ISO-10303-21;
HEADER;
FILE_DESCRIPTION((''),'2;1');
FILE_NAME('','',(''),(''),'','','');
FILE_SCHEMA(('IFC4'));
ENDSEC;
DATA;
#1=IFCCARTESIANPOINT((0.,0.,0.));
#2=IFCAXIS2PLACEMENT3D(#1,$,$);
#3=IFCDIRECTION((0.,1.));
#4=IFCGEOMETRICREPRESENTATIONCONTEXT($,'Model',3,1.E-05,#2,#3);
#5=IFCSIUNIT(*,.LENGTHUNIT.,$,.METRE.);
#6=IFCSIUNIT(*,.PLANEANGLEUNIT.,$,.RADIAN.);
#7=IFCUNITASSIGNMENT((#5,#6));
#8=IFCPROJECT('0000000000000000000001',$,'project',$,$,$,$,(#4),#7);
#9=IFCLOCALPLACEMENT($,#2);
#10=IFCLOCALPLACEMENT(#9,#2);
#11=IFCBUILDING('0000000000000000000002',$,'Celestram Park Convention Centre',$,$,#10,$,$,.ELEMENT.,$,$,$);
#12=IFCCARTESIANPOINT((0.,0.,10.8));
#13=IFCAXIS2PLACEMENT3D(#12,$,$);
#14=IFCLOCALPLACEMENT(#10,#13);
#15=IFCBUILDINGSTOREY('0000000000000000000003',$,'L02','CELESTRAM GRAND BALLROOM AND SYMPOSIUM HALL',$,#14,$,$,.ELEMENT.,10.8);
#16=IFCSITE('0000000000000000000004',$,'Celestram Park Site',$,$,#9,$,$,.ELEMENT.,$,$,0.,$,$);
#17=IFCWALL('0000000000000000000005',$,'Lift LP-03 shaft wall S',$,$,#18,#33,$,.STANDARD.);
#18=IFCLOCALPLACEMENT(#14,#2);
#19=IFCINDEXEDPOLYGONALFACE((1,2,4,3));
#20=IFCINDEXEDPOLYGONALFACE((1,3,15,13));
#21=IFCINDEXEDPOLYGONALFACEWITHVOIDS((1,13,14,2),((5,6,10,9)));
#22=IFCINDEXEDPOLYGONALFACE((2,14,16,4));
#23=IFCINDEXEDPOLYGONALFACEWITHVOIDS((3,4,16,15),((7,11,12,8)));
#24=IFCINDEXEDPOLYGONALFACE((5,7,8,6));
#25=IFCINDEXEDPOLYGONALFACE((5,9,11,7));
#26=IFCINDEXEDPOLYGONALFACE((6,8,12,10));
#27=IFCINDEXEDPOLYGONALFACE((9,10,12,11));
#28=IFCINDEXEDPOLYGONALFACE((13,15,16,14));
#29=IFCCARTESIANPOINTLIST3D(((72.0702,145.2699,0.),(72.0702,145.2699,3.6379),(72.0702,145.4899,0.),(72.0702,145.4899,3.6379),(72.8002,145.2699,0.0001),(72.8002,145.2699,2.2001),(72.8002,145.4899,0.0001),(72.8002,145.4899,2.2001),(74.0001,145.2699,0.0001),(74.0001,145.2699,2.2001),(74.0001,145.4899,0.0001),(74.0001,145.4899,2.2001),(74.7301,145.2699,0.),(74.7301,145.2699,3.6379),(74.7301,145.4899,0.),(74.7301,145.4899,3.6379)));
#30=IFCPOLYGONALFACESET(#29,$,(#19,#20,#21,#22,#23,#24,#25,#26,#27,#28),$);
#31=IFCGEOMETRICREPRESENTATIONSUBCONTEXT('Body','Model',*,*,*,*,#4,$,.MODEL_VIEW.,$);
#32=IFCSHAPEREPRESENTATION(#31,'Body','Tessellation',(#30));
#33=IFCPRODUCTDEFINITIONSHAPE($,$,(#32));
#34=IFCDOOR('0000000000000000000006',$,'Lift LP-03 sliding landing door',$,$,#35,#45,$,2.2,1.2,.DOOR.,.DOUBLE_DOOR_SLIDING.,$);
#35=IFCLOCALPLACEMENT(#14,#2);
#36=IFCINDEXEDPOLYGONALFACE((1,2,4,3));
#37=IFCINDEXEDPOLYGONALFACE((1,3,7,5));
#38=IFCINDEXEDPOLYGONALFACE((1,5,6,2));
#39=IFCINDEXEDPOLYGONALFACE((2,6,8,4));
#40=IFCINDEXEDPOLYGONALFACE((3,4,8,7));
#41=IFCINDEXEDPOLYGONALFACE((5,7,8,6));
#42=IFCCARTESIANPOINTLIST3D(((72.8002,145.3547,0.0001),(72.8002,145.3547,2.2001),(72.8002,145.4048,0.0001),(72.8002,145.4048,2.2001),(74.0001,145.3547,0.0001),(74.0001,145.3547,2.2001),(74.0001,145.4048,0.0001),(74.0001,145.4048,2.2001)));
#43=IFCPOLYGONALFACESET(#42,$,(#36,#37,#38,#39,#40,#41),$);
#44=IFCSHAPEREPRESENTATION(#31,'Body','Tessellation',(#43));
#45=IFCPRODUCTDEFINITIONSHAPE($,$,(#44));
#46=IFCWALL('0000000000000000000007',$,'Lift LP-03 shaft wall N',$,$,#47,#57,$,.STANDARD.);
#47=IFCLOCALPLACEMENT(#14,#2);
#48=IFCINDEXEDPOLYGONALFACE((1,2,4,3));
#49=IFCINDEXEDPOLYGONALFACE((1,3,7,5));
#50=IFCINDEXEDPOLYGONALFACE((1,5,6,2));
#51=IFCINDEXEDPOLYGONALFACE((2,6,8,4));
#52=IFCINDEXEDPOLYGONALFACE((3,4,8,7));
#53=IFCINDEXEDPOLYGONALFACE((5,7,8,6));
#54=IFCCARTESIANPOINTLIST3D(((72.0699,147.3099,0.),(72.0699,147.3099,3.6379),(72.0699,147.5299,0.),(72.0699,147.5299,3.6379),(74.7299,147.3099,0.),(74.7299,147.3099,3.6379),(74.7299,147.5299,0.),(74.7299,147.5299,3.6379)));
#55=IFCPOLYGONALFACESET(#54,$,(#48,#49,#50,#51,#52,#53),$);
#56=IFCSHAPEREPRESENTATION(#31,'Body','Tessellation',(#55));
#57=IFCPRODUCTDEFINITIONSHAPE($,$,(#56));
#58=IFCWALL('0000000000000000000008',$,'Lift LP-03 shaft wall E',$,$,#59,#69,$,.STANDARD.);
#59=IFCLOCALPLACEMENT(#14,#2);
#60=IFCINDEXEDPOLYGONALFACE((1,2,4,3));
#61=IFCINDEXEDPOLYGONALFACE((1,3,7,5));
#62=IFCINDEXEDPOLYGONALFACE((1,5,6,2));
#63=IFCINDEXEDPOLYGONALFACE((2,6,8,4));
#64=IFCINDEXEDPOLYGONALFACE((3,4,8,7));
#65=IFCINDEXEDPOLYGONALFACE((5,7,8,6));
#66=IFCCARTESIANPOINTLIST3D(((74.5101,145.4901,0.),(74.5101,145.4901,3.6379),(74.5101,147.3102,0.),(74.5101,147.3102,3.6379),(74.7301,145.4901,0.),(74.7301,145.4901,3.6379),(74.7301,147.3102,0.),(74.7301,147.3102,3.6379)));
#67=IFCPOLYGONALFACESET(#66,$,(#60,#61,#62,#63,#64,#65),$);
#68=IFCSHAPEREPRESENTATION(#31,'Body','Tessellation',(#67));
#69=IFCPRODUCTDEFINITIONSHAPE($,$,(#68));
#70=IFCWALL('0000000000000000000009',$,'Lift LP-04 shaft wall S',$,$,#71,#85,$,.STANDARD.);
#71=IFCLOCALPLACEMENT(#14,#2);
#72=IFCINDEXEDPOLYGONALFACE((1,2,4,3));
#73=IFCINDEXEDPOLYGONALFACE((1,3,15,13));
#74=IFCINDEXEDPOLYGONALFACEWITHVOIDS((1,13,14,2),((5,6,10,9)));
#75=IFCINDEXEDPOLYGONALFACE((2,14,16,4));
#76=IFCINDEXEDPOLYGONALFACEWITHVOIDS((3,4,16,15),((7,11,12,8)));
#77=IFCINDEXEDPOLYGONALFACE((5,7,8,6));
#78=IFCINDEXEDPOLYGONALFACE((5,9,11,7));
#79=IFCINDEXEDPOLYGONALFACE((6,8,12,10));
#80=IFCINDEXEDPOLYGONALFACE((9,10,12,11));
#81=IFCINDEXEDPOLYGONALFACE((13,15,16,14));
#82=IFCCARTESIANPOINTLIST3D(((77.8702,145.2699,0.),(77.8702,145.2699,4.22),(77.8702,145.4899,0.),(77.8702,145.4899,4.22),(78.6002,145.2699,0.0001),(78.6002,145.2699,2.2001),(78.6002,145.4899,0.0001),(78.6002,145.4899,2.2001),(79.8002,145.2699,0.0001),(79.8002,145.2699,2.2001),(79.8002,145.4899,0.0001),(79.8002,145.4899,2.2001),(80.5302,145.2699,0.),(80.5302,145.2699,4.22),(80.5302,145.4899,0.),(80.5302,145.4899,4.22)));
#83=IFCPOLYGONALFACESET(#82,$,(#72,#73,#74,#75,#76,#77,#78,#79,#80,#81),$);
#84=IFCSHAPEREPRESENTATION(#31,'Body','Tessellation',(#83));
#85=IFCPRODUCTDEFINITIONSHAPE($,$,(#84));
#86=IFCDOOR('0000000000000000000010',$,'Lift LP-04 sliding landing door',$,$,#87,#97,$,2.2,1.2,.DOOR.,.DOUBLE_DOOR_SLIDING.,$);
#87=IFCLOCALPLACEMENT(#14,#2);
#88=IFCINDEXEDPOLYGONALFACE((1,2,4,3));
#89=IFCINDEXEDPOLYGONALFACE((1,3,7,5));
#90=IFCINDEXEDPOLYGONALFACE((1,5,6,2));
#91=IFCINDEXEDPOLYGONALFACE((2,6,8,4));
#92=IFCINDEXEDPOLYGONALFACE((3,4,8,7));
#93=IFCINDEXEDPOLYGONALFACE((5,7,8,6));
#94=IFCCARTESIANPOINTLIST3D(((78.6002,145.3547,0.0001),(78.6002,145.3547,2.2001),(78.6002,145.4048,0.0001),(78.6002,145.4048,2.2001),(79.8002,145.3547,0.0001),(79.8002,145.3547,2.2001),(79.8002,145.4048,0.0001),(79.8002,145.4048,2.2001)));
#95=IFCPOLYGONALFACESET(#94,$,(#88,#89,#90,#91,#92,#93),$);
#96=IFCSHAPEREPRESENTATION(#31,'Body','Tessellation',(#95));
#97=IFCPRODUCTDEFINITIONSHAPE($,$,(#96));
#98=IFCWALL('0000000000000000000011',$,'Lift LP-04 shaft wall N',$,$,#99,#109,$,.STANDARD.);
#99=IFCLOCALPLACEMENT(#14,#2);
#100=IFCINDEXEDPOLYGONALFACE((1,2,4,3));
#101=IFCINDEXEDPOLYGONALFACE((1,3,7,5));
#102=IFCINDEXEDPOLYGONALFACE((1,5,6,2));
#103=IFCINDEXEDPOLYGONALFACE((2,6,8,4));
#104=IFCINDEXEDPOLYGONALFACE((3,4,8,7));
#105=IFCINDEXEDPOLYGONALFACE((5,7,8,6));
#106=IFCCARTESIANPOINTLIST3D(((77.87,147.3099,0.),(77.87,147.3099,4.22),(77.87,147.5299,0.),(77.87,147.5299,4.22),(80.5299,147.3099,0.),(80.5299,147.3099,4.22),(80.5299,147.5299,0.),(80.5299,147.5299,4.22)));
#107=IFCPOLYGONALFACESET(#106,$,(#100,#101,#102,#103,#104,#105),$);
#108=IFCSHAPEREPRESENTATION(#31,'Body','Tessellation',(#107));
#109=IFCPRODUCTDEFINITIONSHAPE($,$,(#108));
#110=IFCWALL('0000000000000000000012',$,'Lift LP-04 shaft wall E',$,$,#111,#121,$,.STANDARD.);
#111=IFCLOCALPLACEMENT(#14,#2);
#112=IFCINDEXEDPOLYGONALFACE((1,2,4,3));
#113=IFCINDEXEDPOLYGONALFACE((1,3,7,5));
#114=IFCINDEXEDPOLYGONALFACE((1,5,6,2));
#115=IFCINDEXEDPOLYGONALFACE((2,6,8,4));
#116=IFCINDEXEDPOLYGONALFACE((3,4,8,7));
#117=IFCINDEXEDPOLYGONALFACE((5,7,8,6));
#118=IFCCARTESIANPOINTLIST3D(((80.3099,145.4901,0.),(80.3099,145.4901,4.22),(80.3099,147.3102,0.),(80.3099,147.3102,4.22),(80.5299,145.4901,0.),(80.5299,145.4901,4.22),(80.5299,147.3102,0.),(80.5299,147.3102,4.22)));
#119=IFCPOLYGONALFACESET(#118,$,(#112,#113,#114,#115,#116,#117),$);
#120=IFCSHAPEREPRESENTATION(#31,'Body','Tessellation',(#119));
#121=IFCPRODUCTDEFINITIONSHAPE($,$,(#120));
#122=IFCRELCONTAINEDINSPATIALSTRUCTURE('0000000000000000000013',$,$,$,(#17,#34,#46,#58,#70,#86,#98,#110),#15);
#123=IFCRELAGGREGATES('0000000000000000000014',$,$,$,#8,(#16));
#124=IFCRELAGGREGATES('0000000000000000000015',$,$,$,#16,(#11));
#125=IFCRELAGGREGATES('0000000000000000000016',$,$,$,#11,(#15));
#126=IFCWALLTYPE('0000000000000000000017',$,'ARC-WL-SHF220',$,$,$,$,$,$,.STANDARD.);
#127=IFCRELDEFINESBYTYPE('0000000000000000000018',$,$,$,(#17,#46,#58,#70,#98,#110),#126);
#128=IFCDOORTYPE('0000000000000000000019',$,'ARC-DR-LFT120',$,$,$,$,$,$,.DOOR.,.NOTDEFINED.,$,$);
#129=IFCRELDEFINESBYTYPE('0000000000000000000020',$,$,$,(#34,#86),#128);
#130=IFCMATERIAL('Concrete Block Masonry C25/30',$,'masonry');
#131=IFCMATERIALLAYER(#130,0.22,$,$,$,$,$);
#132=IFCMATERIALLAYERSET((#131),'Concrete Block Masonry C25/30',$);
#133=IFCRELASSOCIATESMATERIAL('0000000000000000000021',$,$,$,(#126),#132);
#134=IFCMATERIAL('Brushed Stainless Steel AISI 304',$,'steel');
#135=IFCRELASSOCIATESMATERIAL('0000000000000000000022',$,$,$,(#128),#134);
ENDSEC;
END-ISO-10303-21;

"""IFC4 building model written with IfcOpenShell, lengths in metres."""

from ifc_helpers import new_model, si_unit, direction, frame, frame_2d, origin, place, context, subcontext, project, spatial, rectangle, extrude, material, layer, layer_set, type_object, element, fill, save


model = new_model("IFC4")

# Units and contexts
model_context = context("Model", 3, precision=1e-05, world=origin(), true_north=direction((0.0, 1.0)))
body_context = subcontext(model_context, "Body", "Model", "MODEL_VIEW")
ifc_project = project(units=[si_unit("LENGTHUNIT", "METRE"), si_unit("PLANEANGLEUNIT", "RADIAN")], contexts=[model_context])

# Site, building, storey
site_placement = place(None, origin())
site = spatial("IfcSite", under=ifc_project, at=site_placement, Name="Celestram Park Site", CompositionType="ELEMENT", RefElevation=0.0)
building_placement = place(site_placement, origin())
building = spatial("IfcBuilding", under=site, at=building_placement, Name="Celestram Park Convention Centre", CompositionType="ELEMENT")
storey_placement = place(building_placement, frame((0.0, 0.0, 10.8)))
storey = spatial("IfcBuildingStorey", under=building, at=storey_placement, Name="L02", Description="CELESTRAM GRAND BALLROOM AND SYMPOSIUM HALL", CompositionType="ELEMENT", Elevation=10.8)

# Wall, opening, door
ifc_material_1 = material(Name="Concrete Block Masonry C25/30", Category="masonry")
ifc_layer_1 = layer(ifc_material_1, 0.22)
ifc_layer_set_1 = layer_set([ifc_layer_1], Name="Concrete Block Masonry C25/30")
wall_type_1 = type_object("IfcWallType", Name="ARC-WL-SHF220", PredefinedType="STANDARD", material=ifc_layer_set_1)
wall_1_placement = place(storey_placement, frame((72.0701, 145.3799, 0.0), z_axis=(0.0, 0.0, 1.0), x_axis=(1.0, 0.0, 0.0)))
wall_1 = element("IfcWall", 1, at=wall_1_placement, inside=storey, type_object=wall_type_1, Name="Lift LP-03 shaft wall S", PredefinedType="STANDARD", context=body_context, shape_type="SweptSolid", body=[
    extrude(rectangle(XDim=2.6599, YDim=0.22, at=frame_2d((1.3301, 0.0))), origin(), (0.0, 0.0, 1.0), 3.6379),
])
opening_1_placement = place(wall_1_placement, frame((0.73, 0.0, 0.0)))
opening_1 = element("IfcOpeningElement", 2, at=opening_1_placement, cuts=wall_1, PredefinedType="OPENING", context=body_context, shape_type="SweptSolid", body=[
    extrude(rectangle(XDim=1.2, YDim=2.2, at=frame_2d((0.6001, 1.1001))), frame((0.0, 0.1199, 0.0), z_axis=(0.0, -1.0, 0.0), x_axis=(1.0, 0.0, 0.0)), (0.0, 0.0, 1.0), 0.24),
])
ifc_material_2 = material(Name="Brushed Stainless Steel AISI 304", Category="steel")
door_type_1 = type_object("IfcDoorType", Name="ARC-DR-LFT120", OperationType="NOTDEFINED", PredefinedType="DOOR", material=ifc_material_2)
door_1_placement = place(opening_1_placement, origin())
door_1 = element("IfcDoor", 3, at=door_1_placement, inside=storey, type_object=door_type_1, Name="Lift LP-03 sliding landing door", OperationType="DOUBLE_DOOR_SLIDING", OverallHeight=2.2, OverallWidth=1.2, PredefinedType="DOOR", context=body_context, shape_type="SweptSolid", body=[
    extrude(rectangle(XDim=1.2, YDim=2.2, at=frame_2d((0.6001, 1.1001))), frame((0.0, 0.0249, 0.0), z_axis=(0.0, -1.0, 0.0), x_axis=(1.0, 0.0, 0.0)), (0.0, 0.0, 1.0), 0.05),
])
fill(opening_1, door_1)

# Walls
wall_2_placement = place(storey_placement, frame((74.73, 147.4199, 0.0), z_axis=(0.0, 0.0, 1.0), x_axis=(-1.0, 0.0, 0.0)))
element("IfcWall", 4, at=wall_2_placement, inside=storey, type_object=wall_type_1, Name="Lift LP-03 shaft wall N", PredefinedType="STANDARD", context=body_context, shape_type="SweptSolid", body=[
    extrude(rectangle(XDim=2.6599, YDim=0.22, at=frame_2d((1.3301, 0.0))), origin(), (0.0, 0.0, 1.0), 3.6379),
])
for number, where, z_axis, x_axis, name in (
    (5, (74.6201, 145.49, 0.0), (0.0, 0.0, 1.0), (0.0, 1.0, 0.0), "Lift LP-03 shaft wall E"),
):
    element("IfcWall", number, at=place(storey_placement, frame(where, z_axis=z_axis, x_axis=x_axis)), inside=storey, type_object=wall_type_1, Name=name, PredefinedType="STANDARD", context=body_context, shape_type="SweptSolid", body=[
        extrude(rectangle(XDim=1.8201, YDim=0.22, at=frame_2d((0.9102, 0.0))), origin(), (0.0, 0.0, 1.0), 3.6379),
    ])

# Wall, opening, door
wall_3_placement = place(storey_placement, frame((77.8701, 145.3799, 0.0), z_axis=(0.0, 0.0, 1.0), x_axis=(1.0, 0.0, 0.0)))
wall_3 = element("IfcWall", 6, at=wall_3_placement, inside=storey, type_object=wall_type_1, Name="Lift LP-04 shaft wall S", PredefinedType="STANDARD", context=body_context, shape_type="SweptSolid", body=[
    extrude(rectangle(XDim=2.6599, YDim=0.22, at=frame_2d((1.3301, 0.0))), origin(), (0.0, 0.0, 1.0), 4.22),
])
opening_2_placement = place(wall_3_placement, frame((0.73, 0.0, 0.0)))
opening_2 = element("IfcOpeningElement", 7, at=opening_2_placement, cuts=wall_3, PredefinedType="OPENING", context=body_context, shape_type="SweptSolid", body=[
    extrude(rectangle(XDim=1.2, YDim=2.2, at=frame_2d((0.6001, 1.1001))), frame((0.0, 0.1199, 0.0), z_axis=(0.0, -1.0, 0.0), x_axis=(1.0, 0.0, 0.0)), (0.0, 0.0, 1.0), 0.24),
])
door_2_placement = place(opening_2_placement, origin())
door_2 = element("IfcDoor", 8, at=door_2_placement, inside=storey, type_object=door_type_1, Name="Lift LP-04 sliding landing door", OperationType="DOUBLE_DOOR_SLIDING", OverallHeight=2.2, OverallWidth=1.2, PredefinedType="DOOR", context=body_context, shape_type="SweptSolid", body=[
    extrude(rectangle(XDim=1.2, YDim=2.2, at=frame_2d((0.6001, 1.1001))), frame((0.0, 0.0249, 0.0), z_axis=(0.0, -1.0, 0.0), x_axis=(1.0, 0.0, 0.0)), (0.0, 0.0, 1.0), 0.05),
])
fill(opening_2, door_2)

# Walls
wall_4_placement = place(storey_placement, frame((80.53, 147.4199, 0.0), z_axis=(0.0, 0.0, 1.0), x_axis=(-1.0, 0.0, 0.0)))
element("IfcWall", 9, at=wall_4_placement, inside=storey, type_object=wall_type_1, Name="Lift LP-04 shaft wall N", PredefinedType="STANDARD", context=body_context, shape_type="SweptSolid", body=[
    extrude(rectangle(XDim=2.6599, YDim=0.22, at=frame_2d((1.3301, 0.0))), origin(), (0.0, 0.0, 1.0), 4.22),
])
for number, where, z_axis, x_axis, name in (
    (10, (80.4199, 145.49, 0.0), (0.0, 0.0, 1.0), (0.0, 1.0, 0.0), "Lift LP-04 shaft wall E"),
):
    element("IfcWall", number, at=place(storey_placement, frame(where, z_axis=z_axis, x_axis=x_axis)), inside=storey, type_object=wall_type_1, Name=name, PredefinedType="STANDARD", context=body_context, shape_type="SweptSolid", body=[
        extrude(rectangle(XDim=1.8201, YDim=0.22, at=frame_2d((0.9102, 0.0))), origin(), (0.0, 0.0, 1.0), 4.22),
    ])

save(model, "model.ifc")
